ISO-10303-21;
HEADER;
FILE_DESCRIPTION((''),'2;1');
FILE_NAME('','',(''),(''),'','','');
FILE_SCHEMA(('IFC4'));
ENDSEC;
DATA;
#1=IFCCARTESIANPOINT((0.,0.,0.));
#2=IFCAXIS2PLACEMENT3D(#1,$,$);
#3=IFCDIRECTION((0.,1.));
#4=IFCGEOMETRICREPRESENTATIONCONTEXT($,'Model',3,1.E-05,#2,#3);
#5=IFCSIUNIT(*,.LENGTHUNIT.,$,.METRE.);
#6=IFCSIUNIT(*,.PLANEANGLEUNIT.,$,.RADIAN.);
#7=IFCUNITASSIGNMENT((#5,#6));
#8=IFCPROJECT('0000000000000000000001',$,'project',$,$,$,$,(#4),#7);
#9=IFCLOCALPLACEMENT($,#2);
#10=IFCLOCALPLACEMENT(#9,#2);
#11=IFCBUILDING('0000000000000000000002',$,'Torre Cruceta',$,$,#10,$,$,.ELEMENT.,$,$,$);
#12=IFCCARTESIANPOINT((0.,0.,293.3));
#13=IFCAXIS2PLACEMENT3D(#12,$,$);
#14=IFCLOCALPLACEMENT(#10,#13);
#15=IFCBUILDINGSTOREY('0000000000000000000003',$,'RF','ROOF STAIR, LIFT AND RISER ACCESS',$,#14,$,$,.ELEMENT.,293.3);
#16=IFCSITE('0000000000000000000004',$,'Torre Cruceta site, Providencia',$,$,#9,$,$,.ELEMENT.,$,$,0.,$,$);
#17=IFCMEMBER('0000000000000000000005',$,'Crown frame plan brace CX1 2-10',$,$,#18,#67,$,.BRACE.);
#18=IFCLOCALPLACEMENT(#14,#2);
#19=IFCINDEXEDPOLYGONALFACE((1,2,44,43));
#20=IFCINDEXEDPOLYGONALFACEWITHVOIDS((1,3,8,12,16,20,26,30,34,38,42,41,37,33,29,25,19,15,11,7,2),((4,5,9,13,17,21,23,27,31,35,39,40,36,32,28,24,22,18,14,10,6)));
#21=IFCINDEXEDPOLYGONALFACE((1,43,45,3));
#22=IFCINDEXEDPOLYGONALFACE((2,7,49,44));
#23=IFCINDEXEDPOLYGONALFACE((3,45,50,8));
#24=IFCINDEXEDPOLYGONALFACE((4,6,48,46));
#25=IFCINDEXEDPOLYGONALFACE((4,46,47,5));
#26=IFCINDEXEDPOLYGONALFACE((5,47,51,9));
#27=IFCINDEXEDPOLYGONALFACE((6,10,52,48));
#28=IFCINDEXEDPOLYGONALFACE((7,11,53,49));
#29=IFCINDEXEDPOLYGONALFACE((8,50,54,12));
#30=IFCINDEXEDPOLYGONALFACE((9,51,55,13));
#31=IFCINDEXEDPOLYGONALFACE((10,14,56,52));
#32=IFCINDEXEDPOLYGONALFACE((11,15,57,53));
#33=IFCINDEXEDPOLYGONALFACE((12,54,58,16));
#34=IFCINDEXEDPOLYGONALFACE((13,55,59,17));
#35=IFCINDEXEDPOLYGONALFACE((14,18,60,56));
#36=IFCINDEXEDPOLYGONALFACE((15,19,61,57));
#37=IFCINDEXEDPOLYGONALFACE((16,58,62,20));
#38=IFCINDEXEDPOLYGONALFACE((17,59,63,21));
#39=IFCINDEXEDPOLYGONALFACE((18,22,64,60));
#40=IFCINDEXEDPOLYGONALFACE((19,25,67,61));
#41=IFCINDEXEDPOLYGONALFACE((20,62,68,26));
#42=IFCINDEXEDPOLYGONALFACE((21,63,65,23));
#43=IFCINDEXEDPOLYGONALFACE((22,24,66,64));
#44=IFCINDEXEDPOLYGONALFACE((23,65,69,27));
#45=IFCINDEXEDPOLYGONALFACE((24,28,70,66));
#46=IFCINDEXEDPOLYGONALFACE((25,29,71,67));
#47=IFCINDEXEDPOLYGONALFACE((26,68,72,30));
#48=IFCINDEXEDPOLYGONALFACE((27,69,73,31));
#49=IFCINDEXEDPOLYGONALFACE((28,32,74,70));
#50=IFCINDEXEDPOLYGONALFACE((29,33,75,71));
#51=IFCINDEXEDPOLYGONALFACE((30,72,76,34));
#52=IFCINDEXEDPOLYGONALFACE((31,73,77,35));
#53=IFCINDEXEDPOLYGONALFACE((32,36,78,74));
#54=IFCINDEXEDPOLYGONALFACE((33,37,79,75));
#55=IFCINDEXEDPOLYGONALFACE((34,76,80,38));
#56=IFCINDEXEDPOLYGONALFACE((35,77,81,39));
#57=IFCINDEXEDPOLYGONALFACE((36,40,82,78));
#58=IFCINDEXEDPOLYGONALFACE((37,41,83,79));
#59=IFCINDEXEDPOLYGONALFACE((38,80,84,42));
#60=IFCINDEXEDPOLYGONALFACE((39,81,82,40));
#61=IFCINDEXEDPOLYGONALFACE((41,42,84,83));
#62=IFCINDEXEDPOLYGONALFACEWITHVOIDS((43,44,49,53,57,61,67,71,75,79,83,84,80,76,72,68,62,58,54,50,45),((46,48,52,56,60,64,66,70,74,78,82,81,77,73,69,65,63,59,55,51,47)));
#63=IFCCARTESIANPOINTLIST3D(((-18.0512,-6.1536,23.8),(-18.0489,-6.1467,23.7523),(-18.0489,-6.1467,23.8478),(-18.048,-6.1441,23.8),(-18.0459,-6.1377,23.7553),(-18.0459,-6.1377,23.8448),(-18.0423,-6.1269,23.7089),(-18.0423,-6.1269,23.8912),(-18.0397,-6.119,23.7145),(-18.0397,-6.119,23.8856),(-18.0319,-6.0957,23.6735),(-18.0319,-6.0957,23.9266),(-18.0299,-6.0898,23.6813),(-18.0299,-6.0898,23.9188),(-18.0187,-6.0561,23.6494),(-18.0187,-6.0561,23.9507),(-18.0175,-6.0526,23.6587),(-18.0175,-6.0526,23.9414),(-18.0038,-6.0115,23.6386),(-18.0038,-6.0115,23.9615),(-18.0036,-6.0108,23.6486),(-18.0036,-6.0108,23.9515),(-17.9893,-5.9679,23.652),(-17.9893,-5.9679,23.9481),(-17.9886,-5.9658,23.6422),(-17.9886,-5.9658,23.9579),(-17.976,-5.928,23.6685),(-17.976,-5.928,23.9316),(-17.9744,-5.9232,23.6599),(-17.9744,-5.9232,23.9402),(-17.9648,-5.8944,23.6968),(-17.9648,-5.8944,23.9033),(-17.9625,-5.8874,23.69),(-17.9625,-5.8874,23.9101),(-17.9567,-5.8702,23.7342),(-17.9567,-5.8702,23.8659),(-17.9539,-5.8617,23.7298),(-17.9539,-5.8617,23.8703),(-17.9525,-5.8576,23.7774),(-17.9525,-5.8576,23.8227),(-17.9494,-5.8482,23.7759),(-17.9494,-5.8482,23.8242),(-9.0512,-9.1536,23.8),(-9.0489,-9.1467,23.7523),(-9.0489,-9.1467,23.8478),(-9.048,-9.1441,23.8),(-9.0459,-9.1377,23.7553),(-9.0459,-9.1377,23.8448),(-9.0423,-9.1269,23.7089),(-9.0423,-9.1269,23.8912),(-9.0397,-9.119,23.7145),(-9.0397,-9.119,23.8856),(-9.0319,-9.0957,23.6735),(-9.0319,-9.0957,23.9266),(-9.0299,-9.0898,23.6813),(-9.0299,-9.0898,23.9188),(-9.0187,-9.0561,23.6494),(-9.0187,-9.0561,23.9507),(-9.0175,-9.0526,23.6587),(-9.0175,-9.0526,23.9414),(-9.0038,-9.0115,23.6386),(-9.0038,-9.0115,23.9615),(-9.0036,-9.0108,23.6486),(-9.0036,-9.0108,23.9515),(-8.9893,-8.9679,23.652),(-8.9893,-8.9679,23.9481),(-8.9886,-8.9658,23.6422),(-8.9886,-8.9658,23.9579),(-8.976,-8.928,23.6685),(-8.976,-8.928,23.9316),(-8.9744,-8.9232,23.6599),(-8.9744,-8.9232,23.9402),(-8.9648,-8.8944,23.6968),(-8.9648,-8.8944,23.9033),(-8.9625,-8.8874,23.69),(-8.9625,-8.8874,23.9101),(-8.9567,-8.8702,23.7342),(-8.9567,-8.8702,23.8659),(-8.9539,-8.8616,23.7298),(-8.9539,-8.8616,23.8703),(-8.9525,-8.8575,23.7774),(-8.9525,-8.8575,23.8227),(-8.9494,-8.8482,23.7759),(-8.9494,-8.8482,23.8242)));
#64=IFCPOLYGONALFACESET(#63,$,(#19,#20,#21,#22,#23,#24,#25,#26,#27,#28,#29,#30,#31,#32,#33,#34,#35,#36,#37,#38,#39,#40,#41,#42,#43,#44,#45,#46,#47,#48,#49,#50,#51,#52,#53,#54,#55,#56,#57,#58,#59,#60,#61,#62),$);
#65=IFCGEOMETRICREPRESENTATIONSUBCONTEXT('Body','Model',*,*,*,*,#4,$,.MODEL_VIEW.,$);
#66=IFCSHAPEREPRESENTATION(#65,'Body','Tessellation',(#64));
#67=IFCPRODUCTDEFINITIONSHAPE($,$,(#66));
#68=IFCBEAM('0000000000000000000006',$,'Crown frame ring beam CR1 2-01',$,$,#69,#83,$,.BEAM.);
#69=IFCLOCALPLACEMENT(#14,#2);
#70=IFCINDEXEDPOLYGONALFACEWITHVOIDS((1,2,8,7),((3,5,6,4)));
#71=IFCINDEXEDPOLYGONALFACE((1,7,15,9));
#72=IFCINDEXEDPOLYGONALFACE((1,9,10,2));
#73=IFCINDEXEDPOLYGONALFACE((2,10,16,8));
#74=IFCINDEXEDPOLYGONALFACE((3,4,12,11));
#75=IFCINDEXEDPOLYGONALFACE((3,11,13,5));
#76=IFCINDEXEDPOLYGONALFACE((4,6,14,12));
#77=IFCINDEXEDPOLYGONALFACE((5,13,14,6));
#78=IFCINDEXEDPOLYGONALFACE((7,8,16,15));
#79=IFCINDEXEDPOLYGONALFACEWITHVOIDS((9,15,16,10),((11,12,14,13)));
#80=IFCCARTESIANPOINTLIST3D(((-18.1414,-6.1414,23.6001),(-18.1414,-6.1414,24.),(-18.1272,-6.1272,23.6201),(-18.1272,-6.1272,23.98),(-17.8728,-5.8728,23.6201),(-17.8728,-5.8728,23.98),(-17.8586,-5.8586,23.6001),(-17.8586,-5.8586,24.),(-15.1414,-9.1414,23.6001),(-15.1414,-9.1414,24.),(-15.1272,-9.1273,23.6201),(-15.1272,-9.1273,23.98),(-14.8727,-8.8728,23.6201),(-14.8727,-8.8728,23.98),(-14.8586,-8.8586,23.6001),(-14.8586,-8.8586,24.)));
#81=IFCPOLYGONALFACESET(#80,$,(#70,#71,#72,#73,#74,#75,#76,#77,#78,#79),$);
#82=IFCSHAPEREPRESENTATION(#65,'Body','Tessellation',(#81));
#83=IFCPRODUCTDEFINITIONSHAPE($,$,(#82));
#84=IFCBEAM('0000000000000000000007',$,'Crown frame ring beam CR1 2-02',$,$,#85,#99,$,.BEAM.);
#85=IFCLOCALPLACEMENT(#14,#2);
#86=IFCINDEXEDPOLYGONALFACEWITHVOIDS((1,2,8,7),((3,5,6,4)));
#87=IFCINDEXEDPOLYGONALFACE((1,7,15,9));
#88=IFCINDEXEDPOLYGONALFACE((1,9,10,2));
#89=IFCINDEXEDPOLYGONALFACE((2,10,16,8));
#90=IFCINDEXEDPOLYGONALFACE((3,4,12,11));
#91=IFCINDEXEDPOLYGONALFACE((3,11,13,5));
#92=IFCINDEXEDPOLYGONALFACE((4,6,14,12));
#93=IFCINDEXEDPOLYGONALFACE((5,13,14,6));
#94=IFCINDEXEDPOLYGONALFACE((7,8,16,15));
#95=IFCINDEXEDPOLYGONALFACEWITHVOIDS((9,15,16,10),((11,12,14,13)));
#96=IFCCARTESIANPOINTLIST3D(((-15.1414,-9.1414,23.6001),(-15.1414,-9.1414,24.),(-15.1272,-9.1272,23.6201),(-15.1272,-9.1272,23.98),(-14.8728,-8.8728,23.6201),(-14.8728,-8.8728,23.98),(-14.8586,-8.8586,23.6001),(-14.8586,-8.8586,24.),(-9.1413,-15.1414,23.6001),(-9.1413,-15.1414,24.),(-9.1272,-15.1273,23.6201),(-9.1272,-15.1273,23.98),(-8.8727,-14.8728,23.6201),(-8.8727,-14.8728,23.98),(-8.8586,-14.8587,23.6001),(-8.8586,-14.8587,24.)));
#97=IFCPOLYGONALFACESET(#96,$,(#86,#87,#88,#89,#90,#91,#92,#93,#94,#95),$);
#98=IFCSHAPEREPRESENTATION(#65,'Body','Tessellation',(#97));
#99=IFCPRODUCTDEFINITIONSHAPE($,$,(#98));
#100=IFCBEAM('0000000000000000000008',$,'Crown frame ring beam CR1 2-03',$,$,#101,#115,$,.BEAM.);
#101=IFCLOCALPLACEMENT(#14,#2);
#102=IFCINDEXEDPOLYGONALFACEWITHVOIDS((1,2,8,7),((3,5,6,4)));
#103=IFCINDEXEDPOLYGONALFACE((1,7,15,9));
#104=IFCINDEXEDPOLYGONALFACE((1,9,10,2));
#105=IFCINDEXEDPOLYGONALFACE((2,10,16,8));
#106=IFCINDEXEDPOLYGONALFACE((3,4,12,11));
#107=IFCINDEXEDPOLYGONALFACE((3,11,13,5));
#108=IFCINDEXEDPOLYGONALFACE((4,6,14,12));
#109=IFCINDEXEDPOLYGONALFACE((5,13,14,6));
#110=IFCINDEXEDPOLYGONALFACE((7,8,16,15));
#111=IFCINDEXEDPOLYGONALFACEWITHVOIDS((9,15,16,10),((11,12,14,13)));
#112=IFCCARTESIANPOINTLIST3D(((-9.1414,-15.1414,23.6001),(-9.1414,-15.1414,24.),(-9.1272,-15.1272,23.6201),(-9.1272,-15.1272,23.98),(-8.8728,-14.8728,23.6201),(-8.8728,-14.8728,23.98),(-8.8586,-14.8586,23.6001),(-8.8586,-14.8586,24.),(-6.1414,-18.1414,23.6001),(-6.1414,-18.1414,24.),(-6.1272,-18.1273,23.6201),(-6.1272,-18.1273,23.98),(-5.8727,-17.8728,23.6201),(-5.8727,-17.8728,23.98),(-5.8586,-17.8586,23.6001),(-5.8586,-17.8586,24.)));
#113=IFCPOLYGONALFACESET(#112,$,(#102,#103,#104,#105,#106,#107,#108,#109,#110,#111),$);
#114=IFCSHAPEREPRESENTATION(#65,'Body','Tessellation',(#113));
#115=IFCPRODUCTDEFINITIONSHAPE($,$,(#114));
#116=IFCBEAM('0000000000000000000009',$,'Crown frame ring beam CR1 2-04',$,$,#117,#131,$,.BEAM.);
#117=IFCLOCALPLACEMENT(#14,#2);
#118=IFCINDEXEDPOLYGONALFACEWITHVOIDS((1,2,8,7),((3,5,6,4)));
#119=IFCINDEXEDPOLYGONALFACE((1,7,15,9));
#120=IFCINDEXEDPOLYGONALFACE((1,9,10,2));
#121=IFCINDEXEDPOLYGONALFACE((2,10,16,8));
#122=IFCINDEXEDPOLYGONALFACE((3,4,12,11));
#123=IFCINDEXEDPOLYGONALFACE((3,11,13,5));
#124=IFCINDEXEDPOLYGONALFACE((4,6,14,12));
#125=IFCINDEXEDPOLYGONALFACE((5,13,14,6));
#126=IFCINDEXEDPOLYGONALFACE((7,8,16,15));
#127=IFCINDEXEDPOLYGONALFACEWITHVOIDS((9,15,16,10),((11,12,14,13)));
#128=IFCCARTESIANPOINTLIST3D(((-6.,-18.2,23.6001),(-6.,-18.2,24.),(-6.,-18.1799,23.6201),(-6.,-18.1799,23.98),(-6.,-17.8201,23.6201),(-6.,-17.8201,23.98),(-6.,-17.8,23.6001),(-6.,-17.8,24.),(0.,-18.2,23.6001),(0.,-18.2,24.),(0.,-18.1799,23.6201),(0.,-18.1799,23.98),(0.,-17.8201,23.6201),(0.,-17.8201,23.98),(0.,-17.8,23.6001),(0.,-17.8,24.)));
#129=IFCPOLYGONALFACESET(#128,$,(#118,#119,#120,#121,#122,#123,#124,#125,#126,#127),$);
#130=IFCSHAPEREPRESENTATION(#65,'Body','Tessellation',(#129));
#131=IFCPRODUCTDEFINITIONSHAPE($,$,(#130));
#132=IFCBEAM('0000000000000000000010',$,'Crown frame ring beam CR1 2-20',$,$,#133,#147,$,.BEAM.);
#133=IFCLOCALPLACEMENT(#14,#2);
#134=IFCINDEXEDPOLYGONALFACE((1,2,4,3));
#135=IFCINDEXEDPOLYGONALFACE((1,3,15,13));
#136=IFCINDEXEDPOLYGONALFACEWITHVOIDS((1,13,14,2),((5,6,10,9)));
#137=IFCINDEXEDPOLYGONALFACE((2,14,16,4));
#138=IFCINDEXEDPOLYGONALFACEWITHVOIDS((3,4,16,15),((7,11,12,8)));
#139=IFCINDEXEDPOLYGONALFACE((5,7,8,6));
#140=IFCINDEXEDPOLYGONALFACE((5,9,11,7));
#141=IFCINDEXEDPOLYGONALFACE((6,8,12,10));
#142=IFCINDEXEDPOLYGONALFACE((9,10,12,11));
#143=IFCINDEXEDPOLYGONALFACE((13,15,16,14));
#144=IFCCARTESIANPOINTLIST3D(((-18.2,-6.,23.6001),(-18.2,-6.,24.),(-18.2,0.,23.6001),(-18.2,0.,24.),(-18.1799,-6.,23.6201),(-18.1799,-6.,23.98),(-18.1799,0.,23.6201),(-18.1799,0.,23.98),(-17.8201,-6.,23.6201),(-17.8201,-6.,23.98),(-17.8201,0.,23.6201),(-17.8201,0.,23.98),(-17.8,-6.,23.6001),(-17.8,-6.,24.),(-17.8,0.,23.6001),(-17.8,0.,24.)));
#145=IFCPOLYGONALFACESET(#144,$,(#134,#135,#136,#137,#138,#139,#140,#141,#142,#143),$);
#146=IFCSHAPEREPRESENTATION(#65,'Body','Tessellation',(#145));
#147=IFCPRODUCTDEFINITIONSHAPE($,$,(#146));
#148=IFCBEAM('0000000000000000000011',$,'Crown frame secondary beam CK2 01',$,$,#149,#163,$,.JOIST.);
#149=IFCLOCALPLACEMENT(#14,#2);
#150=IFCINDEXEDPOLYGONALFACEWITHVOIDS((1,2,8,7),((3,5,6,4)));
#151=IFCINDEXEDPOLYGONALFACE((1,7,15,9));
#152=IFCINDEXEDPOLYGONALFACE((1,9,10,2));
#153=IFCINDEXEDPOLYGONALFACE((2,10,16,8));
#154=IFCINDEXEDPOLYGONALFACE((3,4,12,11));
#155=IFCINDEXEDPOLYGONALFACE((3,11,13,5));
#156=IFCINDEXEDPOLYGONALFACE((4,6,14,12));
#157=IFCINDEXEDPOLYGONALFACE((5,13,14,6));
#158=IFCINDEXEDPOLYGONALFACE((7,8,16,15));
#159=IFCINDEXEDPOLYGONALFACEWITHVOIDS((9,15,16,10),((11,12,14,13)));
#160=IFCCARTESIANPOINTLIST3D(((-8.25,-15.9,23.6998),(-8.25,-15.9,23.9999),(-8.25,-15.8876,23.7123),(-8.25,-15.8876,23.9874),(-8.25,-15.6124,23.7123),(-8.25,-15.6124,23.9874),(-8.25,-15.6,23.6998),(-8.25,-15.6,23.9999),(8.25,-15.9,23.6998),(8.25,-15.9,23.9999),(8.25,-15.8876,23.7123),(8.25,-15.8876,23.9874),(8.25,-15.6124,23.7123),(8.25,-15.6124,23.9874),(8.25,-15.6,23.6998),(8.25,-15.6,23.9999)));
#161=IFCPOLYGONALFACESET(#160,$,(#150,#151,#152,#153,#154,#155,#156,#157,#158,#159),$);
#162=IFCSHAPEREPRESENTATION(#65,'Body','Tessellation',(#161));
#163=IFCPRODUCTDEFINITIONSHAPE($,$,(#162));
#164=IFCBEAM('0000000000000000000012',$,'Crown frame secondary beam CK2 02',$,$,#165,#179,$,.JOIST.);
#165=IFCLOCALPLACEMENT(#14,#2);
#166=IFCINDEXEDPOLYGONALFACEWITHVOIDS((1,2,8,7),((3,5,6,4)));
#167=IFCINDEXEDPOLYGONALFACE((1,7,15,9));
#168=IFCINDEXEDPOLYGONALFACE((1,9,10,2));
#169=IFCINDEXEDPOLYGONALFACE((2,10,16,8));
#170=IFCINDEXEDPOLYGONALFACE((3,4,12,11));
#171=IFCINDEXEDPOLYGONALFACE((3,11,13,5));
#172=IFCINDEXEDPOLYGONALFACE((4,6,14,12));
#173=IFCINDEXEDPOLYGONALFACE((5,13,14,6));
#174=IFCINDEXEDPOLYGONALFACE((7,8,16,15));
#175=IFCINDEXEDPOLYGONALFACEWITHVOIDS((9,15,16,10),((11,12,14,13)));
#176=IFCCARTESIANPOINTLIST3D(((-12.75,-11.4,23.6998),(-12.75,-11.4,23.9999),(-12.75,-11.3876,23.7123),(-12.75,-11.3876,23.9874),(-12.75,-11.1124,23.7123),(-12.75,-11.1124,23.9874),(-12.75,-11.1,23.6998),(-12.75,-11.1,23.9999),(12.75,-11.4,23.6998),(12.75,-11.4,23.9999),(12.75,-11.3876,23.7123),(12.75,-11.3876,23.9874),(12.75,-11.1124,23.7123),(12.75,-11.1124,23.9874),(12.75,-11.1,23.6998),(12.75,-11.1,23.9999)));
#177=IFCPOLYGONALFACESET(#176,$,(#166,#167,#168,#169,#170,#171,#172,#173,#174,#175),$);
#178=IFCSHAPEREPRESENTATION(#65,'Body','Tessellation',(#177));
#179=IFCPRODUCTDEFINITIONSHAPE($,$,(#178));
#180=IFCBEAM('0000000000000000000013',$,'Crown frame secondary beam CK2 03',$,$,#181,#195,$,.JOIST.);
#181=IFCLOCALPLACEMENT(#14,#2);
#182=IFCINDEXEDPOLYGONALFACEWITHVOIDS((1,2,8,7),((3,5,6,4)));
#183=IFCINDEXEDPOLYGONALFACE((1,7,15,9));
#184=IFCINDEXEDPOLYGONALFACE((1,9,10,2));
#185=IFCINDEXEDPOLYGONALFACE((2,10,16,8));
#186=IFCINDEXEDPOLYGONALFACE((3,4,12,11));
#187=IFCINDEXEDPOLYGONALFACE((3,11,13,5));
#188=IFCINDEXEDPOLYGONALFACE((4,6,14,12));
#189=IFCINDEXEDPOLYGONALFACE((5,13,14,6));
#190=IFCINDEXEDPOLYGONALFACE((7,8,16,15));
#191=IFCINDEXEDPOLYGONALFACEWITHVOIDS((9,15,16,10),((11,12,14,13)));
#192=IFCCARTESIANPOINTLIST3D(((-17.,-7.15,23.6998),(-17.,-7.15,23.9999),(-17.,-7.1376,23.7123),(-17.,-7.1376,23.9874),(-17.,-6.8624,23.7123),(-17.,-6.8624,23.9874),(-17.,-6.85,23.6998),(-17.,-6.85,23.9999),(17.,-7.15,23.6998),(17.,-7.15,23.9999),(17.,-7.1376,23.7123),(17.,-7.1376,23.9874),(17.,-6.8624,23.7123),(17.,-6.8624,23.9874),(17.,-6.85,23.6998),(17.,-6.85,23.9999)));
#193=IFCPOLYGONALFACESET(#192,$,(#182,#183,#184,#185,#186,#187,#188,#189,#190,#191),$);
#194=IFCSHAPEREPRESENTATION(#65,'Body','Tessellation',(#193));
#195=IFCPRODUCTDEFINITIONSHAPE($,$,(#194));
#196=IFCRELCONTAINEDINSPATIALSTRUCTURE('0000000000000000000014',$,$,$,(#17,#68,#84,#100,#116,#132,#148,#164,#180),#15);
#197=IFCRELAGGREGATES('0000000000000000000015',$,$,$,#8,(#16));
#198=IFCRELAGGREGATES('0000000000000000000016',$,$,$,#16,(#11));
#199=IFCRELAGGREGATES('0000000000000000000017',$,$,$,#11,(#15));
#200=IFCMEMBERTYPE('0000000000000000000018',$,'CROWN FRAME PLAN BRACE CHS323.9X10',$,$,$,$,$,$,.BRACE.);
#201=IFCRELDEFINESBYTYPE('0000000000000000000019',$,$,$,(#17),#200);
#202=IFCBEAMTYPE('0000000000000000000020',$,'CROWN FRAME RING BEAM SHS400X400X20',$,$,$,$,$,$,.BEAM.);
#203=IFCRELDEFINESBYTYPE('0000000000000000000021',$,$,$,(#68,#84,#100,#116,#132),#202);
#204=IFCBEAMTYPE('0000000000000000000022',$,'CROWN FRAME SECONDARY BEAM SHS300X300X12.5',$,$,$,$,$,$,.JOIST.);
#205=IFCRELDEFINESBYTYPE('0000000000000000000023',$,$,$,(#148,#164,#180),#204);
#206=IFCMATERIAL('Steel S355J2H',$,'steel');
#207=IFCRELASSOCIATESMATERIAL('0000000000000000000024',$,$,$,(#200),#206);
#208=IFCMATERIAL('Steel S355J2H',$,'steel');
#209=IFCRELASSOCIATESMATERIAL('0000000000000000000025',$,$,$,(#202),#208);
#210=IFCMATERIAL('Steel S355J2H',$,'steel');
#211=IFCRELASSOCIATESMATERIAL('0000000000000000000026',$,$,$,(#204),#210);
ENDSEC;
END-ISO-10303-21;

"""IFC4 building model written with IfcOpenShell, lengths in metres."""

from ifc_helpers import new_model, si_unit, direction, frame, origin, origin_2d, place, context, subcontext, project, spatial, hollow_rectangle, hollow_circle, extrude, material, material_profile, profile_set, type_object, element, save


model = new_model("IFC4")

# Units and contexts
model_context = context("Model", 3, precision=1e-05, world=origin(), true_north=direction((0.0, 1.0)))
body_context = subcontext(model_context, "Body", "Model", "MODEL_VIEW")
ifc_project = project(units=[si_unit("LENGTHUNIT", "METRE"), si_unit("PLANEANGLEUNIT", "RADIAN")], contexts=[model_context])

# Site, building, storey
site_placement = place(None, origin())
site = spatial("IfcSite", under=ifc_project, at=site_placement, Name="Torre Cruceta site, Providencia", CompositionType="ELEMENT", RefElevation=0.0)
building_placement = place(site_placement, origin())
building = spatial("IfcBuilding", under=site, at=building_placement, Name="Torre Cruceta", CompositionType="ELEMENT")
storey_placement = place(building_placement, frame((0.0, 0.0, 293.3)))
storey = spatial("IfcBuildingStorey", under=building, at=storey_placement, Name="RF", Description="ROOF STAIR, LIFT AND RISER ACCESS", CompositionType="ELEMENT", Elevation=293.3)

# Member
ifc_material_1 = material(Name="Steel S355J2H", Category="steel")
ifc_material_profile_1 = material_profile(ifc_material_1, hollow_circle(Radius=0.1619, WallThickness=0.01, at=origin_2d()), Name="CHS323.9X10")
ifc_profile_set_1 = profile_set([ifc_material_profile_1], Name="Steel S355J2H")
member_type_1 = type_object("IfcMemberType", Name="CROWN FRAME PLAN BRACE CHS323.9X10", PredefinedType="BRACE", material=ifc_profile_set_1)
for number, where, z_axis, x_axis, name in (
    (1, (-9.0, -9.0, 23.8), (-0.948683, 0.316228, 0.0), (-0.316228, -0.948683, 0.0), "Crown frame plan brace CX1 2-10"),
):
    element("IfcMember", number, at=place(storey_placement, frame(where, z_axis=z_axis, x_axis=x_axis)), inside=storey, type_object=member_type_1, Name=name, PredefinedType="BRACE", context=body_context, shape_type="SweptSolid", body=[
        extrude(hollow_circle(Radius=0.1619, WallThickness=0.01, at=origin_2d()), origin(), (0.0, 0.0, 1.0), 9.4868),
    ])

# Beams
ifc_material_2 = material(Name="Steel S355J2H", Category="steel")
ifc_material_profile_2 = material_profile(ifc_material_2, hollow_rectangle(XDim=0.3999, YDim=0.3999, WallThickness=0.02, at=origin_2d()), Name="SHS400X400X20")
ifc_profile_set_2 = profile_set([ifc_material_profile_2], Name="Steel S355J2H")
beam_type_1 = type_object("IfcBeamType", Name="CROWN FRAME RING BEAM SHS400X400X20", PredefinedType="BEAM", material=ifc_profile_set_2)
beam_1_placement = place(storey_placement, frame((-18.0, -6.0, 23.8), z_axis=(0.707107, -0.707107, 0.0), x_axis=(0.707107, 0.707107, 0.0)))
element("IfcBeam", 2, at=beam_1_placement, inside=storey, type_object=beam_type_1, Name="Crown frame ring beam CR1 2-01", PredefinedType="BEAM", context=body_context, shape_type="SweptSolid", body=[
    extrude(hollow_rectangle(XDim=0.3999, YDim=0.3999, WallThickness=0.02, at=origin_2d()), origin(), (0.0, 0.0, 1.0), 4.2427),
])
beam_2_placement = place(storey_placement, frame((-15.0, -9.0, 23.8), z_axis=(0.707107, -0.707107, 0.0), x_axis=(0.707107, 0.707107, 0.0)))
element("IfcBeam", 3, at=beam_2_placement, inside=storey, type_object=beam_type_1, Name="Crown frame ring beam CR1 2-02", PredefinedType="BEAM", context=body_context, shape_type="SweptSolid", body=[
    extrude(hollow_rectangle(XDim=0.3999, YDim=0.3999, WallThickness=0.02, at=origin_2d()), origin(), (0.0, 0.0, 1.0), 8.4854),
])
beam_3_placement = place(storey_placement, frame((-9.0, -15.0, 23.8), z_axis=(0.707107, -0.707107, 0.0), x_axis=(0.707107, 0.707107, 0.0)))
element("IfcBeam", 4, at=beam_3_placement, inside=storey, type_object=beam_type_1, Name="Crown frame ring beam CR1 2-03", PredefinedType="BEAM", context=body_context, shape_type="SweptSolid", body=[
    extrude(hollow_rectangle(XDim=0.3999, YDim=0.3999, WallThickness=0.02, at=origin_2d()), origin(), (0.0, 0.0, 1.0), 4.2427),
])
for number, where, z_axis, x_axis, name in (
    (5, (-6.0, -18.0, 23.8), (1.0, 0.0, 0.0), (0.0, 1.0, 0.0), "Crown frame ring beam CR1 2-04"),
    (6, (-18.0, 0.0, 23.8), (0.0, -1.0, 0.0), (1.0, 0.0, 0.0), "Crown frame ring beam CR1 2-20"),
):
    element("IfcBeam", number, at=place(storey_placement, frame(where, z_axis=z_axis, x_axis=x_axis)), inside=storey, type_object=beam_type_1, Name=name, PredefinedType="BEAM", context=body_context, shape_type="SweptSolid", body=[
        extrude(hollow_rectangle(XDim=0.3999, YDim=0.3999, WallThickness=0.02, at=origin_2d()), origin(), (0.0, 0.0, 1.0), 6.0),
    ])
ifc_material_3 = material(Name="Steel S355J2H", Category="steel")
ifc_material_profile_3 = material_profile(ifc_material_3, hollow_rectangle(XDim=0.3, YDim=0.3, WallThickness=0.0125, at=origin_2d()), Name="SHS300X300X12.5")
ifc_profile_set_3 = profile_set([ifc_material_profile_3], Name="Steel S355J2H")
beam_type_2 = type_object("IfcBeamType", Name="CROWN FRAME SECONDARY BEAM SHS300X300X12.5", PredefinedType="JOIST", material=ifc_profile_set_3)
beam_4_placement = place(storey_placement, frame((-8.25, -15.75, 23.8499), z_axis=(1.0, 0.0, 0.0), x_axis=(0.0, 1.0, 0.0)))
element("IfcBeam", 7, at=beam_4_placement, inside=storey, type_object=beam_type_2, Name="Crown frame secondary beam CK2 01", PredefinedType="JOIST", context=body_context, shape_type="SweptSolid", body=[
    extrude(hollow_rectangle(XDim=0.3, YDim=0.3, WallThickness=0.0125, at=origin_2d()), origin(), (0.0, 0.0, 1.0), 16.5),
])
beam_5_placement = place(storey_placement, frame((-12.75, -11.25, 23.8499), z_axis=(1.0, 0.0, 0.0), x_axis=(0.0, 1.0, 0.0)))
element("IfcBeam", 8, at=beam_5_placement, inside=storey, type_object=beam_type_2, Name="Crown frame secondary beam CK2 02", PredefinedType="JOIST", context=body_context, shape_type="SweptSolid", body=[
    extrude(hollow_rectangle(XDim=0.3, YDim=0.3, WallThickness=0.0125, at=origin_2d()), origin(), (0.0, 0.0, 1.0), 25.5),
])
beam_6_placement = place(storey_placement, frame((-17.0, -7.0, 23.8499), z_axis=(1.0, 0.0, 0.0), x_axis=(0.0, 1.0, 0.0)))
element("IfcBeam", 9, at=beam_6_placement, inside=storey, type_object=beam_type_2, Name="Crown frame secondary beam CK2 03", PredefinedType="JOIST", context=body_context, shape_type="SweptSolid", body=[
    extrude(hollow_rectangle(XDim=0.3, YDim=0.3, WallThickness=0.0125, at=origin_2d()), origin(), (0.0, 0.0, 1.0), 34.0),
])

save(model, "model.ifc")
